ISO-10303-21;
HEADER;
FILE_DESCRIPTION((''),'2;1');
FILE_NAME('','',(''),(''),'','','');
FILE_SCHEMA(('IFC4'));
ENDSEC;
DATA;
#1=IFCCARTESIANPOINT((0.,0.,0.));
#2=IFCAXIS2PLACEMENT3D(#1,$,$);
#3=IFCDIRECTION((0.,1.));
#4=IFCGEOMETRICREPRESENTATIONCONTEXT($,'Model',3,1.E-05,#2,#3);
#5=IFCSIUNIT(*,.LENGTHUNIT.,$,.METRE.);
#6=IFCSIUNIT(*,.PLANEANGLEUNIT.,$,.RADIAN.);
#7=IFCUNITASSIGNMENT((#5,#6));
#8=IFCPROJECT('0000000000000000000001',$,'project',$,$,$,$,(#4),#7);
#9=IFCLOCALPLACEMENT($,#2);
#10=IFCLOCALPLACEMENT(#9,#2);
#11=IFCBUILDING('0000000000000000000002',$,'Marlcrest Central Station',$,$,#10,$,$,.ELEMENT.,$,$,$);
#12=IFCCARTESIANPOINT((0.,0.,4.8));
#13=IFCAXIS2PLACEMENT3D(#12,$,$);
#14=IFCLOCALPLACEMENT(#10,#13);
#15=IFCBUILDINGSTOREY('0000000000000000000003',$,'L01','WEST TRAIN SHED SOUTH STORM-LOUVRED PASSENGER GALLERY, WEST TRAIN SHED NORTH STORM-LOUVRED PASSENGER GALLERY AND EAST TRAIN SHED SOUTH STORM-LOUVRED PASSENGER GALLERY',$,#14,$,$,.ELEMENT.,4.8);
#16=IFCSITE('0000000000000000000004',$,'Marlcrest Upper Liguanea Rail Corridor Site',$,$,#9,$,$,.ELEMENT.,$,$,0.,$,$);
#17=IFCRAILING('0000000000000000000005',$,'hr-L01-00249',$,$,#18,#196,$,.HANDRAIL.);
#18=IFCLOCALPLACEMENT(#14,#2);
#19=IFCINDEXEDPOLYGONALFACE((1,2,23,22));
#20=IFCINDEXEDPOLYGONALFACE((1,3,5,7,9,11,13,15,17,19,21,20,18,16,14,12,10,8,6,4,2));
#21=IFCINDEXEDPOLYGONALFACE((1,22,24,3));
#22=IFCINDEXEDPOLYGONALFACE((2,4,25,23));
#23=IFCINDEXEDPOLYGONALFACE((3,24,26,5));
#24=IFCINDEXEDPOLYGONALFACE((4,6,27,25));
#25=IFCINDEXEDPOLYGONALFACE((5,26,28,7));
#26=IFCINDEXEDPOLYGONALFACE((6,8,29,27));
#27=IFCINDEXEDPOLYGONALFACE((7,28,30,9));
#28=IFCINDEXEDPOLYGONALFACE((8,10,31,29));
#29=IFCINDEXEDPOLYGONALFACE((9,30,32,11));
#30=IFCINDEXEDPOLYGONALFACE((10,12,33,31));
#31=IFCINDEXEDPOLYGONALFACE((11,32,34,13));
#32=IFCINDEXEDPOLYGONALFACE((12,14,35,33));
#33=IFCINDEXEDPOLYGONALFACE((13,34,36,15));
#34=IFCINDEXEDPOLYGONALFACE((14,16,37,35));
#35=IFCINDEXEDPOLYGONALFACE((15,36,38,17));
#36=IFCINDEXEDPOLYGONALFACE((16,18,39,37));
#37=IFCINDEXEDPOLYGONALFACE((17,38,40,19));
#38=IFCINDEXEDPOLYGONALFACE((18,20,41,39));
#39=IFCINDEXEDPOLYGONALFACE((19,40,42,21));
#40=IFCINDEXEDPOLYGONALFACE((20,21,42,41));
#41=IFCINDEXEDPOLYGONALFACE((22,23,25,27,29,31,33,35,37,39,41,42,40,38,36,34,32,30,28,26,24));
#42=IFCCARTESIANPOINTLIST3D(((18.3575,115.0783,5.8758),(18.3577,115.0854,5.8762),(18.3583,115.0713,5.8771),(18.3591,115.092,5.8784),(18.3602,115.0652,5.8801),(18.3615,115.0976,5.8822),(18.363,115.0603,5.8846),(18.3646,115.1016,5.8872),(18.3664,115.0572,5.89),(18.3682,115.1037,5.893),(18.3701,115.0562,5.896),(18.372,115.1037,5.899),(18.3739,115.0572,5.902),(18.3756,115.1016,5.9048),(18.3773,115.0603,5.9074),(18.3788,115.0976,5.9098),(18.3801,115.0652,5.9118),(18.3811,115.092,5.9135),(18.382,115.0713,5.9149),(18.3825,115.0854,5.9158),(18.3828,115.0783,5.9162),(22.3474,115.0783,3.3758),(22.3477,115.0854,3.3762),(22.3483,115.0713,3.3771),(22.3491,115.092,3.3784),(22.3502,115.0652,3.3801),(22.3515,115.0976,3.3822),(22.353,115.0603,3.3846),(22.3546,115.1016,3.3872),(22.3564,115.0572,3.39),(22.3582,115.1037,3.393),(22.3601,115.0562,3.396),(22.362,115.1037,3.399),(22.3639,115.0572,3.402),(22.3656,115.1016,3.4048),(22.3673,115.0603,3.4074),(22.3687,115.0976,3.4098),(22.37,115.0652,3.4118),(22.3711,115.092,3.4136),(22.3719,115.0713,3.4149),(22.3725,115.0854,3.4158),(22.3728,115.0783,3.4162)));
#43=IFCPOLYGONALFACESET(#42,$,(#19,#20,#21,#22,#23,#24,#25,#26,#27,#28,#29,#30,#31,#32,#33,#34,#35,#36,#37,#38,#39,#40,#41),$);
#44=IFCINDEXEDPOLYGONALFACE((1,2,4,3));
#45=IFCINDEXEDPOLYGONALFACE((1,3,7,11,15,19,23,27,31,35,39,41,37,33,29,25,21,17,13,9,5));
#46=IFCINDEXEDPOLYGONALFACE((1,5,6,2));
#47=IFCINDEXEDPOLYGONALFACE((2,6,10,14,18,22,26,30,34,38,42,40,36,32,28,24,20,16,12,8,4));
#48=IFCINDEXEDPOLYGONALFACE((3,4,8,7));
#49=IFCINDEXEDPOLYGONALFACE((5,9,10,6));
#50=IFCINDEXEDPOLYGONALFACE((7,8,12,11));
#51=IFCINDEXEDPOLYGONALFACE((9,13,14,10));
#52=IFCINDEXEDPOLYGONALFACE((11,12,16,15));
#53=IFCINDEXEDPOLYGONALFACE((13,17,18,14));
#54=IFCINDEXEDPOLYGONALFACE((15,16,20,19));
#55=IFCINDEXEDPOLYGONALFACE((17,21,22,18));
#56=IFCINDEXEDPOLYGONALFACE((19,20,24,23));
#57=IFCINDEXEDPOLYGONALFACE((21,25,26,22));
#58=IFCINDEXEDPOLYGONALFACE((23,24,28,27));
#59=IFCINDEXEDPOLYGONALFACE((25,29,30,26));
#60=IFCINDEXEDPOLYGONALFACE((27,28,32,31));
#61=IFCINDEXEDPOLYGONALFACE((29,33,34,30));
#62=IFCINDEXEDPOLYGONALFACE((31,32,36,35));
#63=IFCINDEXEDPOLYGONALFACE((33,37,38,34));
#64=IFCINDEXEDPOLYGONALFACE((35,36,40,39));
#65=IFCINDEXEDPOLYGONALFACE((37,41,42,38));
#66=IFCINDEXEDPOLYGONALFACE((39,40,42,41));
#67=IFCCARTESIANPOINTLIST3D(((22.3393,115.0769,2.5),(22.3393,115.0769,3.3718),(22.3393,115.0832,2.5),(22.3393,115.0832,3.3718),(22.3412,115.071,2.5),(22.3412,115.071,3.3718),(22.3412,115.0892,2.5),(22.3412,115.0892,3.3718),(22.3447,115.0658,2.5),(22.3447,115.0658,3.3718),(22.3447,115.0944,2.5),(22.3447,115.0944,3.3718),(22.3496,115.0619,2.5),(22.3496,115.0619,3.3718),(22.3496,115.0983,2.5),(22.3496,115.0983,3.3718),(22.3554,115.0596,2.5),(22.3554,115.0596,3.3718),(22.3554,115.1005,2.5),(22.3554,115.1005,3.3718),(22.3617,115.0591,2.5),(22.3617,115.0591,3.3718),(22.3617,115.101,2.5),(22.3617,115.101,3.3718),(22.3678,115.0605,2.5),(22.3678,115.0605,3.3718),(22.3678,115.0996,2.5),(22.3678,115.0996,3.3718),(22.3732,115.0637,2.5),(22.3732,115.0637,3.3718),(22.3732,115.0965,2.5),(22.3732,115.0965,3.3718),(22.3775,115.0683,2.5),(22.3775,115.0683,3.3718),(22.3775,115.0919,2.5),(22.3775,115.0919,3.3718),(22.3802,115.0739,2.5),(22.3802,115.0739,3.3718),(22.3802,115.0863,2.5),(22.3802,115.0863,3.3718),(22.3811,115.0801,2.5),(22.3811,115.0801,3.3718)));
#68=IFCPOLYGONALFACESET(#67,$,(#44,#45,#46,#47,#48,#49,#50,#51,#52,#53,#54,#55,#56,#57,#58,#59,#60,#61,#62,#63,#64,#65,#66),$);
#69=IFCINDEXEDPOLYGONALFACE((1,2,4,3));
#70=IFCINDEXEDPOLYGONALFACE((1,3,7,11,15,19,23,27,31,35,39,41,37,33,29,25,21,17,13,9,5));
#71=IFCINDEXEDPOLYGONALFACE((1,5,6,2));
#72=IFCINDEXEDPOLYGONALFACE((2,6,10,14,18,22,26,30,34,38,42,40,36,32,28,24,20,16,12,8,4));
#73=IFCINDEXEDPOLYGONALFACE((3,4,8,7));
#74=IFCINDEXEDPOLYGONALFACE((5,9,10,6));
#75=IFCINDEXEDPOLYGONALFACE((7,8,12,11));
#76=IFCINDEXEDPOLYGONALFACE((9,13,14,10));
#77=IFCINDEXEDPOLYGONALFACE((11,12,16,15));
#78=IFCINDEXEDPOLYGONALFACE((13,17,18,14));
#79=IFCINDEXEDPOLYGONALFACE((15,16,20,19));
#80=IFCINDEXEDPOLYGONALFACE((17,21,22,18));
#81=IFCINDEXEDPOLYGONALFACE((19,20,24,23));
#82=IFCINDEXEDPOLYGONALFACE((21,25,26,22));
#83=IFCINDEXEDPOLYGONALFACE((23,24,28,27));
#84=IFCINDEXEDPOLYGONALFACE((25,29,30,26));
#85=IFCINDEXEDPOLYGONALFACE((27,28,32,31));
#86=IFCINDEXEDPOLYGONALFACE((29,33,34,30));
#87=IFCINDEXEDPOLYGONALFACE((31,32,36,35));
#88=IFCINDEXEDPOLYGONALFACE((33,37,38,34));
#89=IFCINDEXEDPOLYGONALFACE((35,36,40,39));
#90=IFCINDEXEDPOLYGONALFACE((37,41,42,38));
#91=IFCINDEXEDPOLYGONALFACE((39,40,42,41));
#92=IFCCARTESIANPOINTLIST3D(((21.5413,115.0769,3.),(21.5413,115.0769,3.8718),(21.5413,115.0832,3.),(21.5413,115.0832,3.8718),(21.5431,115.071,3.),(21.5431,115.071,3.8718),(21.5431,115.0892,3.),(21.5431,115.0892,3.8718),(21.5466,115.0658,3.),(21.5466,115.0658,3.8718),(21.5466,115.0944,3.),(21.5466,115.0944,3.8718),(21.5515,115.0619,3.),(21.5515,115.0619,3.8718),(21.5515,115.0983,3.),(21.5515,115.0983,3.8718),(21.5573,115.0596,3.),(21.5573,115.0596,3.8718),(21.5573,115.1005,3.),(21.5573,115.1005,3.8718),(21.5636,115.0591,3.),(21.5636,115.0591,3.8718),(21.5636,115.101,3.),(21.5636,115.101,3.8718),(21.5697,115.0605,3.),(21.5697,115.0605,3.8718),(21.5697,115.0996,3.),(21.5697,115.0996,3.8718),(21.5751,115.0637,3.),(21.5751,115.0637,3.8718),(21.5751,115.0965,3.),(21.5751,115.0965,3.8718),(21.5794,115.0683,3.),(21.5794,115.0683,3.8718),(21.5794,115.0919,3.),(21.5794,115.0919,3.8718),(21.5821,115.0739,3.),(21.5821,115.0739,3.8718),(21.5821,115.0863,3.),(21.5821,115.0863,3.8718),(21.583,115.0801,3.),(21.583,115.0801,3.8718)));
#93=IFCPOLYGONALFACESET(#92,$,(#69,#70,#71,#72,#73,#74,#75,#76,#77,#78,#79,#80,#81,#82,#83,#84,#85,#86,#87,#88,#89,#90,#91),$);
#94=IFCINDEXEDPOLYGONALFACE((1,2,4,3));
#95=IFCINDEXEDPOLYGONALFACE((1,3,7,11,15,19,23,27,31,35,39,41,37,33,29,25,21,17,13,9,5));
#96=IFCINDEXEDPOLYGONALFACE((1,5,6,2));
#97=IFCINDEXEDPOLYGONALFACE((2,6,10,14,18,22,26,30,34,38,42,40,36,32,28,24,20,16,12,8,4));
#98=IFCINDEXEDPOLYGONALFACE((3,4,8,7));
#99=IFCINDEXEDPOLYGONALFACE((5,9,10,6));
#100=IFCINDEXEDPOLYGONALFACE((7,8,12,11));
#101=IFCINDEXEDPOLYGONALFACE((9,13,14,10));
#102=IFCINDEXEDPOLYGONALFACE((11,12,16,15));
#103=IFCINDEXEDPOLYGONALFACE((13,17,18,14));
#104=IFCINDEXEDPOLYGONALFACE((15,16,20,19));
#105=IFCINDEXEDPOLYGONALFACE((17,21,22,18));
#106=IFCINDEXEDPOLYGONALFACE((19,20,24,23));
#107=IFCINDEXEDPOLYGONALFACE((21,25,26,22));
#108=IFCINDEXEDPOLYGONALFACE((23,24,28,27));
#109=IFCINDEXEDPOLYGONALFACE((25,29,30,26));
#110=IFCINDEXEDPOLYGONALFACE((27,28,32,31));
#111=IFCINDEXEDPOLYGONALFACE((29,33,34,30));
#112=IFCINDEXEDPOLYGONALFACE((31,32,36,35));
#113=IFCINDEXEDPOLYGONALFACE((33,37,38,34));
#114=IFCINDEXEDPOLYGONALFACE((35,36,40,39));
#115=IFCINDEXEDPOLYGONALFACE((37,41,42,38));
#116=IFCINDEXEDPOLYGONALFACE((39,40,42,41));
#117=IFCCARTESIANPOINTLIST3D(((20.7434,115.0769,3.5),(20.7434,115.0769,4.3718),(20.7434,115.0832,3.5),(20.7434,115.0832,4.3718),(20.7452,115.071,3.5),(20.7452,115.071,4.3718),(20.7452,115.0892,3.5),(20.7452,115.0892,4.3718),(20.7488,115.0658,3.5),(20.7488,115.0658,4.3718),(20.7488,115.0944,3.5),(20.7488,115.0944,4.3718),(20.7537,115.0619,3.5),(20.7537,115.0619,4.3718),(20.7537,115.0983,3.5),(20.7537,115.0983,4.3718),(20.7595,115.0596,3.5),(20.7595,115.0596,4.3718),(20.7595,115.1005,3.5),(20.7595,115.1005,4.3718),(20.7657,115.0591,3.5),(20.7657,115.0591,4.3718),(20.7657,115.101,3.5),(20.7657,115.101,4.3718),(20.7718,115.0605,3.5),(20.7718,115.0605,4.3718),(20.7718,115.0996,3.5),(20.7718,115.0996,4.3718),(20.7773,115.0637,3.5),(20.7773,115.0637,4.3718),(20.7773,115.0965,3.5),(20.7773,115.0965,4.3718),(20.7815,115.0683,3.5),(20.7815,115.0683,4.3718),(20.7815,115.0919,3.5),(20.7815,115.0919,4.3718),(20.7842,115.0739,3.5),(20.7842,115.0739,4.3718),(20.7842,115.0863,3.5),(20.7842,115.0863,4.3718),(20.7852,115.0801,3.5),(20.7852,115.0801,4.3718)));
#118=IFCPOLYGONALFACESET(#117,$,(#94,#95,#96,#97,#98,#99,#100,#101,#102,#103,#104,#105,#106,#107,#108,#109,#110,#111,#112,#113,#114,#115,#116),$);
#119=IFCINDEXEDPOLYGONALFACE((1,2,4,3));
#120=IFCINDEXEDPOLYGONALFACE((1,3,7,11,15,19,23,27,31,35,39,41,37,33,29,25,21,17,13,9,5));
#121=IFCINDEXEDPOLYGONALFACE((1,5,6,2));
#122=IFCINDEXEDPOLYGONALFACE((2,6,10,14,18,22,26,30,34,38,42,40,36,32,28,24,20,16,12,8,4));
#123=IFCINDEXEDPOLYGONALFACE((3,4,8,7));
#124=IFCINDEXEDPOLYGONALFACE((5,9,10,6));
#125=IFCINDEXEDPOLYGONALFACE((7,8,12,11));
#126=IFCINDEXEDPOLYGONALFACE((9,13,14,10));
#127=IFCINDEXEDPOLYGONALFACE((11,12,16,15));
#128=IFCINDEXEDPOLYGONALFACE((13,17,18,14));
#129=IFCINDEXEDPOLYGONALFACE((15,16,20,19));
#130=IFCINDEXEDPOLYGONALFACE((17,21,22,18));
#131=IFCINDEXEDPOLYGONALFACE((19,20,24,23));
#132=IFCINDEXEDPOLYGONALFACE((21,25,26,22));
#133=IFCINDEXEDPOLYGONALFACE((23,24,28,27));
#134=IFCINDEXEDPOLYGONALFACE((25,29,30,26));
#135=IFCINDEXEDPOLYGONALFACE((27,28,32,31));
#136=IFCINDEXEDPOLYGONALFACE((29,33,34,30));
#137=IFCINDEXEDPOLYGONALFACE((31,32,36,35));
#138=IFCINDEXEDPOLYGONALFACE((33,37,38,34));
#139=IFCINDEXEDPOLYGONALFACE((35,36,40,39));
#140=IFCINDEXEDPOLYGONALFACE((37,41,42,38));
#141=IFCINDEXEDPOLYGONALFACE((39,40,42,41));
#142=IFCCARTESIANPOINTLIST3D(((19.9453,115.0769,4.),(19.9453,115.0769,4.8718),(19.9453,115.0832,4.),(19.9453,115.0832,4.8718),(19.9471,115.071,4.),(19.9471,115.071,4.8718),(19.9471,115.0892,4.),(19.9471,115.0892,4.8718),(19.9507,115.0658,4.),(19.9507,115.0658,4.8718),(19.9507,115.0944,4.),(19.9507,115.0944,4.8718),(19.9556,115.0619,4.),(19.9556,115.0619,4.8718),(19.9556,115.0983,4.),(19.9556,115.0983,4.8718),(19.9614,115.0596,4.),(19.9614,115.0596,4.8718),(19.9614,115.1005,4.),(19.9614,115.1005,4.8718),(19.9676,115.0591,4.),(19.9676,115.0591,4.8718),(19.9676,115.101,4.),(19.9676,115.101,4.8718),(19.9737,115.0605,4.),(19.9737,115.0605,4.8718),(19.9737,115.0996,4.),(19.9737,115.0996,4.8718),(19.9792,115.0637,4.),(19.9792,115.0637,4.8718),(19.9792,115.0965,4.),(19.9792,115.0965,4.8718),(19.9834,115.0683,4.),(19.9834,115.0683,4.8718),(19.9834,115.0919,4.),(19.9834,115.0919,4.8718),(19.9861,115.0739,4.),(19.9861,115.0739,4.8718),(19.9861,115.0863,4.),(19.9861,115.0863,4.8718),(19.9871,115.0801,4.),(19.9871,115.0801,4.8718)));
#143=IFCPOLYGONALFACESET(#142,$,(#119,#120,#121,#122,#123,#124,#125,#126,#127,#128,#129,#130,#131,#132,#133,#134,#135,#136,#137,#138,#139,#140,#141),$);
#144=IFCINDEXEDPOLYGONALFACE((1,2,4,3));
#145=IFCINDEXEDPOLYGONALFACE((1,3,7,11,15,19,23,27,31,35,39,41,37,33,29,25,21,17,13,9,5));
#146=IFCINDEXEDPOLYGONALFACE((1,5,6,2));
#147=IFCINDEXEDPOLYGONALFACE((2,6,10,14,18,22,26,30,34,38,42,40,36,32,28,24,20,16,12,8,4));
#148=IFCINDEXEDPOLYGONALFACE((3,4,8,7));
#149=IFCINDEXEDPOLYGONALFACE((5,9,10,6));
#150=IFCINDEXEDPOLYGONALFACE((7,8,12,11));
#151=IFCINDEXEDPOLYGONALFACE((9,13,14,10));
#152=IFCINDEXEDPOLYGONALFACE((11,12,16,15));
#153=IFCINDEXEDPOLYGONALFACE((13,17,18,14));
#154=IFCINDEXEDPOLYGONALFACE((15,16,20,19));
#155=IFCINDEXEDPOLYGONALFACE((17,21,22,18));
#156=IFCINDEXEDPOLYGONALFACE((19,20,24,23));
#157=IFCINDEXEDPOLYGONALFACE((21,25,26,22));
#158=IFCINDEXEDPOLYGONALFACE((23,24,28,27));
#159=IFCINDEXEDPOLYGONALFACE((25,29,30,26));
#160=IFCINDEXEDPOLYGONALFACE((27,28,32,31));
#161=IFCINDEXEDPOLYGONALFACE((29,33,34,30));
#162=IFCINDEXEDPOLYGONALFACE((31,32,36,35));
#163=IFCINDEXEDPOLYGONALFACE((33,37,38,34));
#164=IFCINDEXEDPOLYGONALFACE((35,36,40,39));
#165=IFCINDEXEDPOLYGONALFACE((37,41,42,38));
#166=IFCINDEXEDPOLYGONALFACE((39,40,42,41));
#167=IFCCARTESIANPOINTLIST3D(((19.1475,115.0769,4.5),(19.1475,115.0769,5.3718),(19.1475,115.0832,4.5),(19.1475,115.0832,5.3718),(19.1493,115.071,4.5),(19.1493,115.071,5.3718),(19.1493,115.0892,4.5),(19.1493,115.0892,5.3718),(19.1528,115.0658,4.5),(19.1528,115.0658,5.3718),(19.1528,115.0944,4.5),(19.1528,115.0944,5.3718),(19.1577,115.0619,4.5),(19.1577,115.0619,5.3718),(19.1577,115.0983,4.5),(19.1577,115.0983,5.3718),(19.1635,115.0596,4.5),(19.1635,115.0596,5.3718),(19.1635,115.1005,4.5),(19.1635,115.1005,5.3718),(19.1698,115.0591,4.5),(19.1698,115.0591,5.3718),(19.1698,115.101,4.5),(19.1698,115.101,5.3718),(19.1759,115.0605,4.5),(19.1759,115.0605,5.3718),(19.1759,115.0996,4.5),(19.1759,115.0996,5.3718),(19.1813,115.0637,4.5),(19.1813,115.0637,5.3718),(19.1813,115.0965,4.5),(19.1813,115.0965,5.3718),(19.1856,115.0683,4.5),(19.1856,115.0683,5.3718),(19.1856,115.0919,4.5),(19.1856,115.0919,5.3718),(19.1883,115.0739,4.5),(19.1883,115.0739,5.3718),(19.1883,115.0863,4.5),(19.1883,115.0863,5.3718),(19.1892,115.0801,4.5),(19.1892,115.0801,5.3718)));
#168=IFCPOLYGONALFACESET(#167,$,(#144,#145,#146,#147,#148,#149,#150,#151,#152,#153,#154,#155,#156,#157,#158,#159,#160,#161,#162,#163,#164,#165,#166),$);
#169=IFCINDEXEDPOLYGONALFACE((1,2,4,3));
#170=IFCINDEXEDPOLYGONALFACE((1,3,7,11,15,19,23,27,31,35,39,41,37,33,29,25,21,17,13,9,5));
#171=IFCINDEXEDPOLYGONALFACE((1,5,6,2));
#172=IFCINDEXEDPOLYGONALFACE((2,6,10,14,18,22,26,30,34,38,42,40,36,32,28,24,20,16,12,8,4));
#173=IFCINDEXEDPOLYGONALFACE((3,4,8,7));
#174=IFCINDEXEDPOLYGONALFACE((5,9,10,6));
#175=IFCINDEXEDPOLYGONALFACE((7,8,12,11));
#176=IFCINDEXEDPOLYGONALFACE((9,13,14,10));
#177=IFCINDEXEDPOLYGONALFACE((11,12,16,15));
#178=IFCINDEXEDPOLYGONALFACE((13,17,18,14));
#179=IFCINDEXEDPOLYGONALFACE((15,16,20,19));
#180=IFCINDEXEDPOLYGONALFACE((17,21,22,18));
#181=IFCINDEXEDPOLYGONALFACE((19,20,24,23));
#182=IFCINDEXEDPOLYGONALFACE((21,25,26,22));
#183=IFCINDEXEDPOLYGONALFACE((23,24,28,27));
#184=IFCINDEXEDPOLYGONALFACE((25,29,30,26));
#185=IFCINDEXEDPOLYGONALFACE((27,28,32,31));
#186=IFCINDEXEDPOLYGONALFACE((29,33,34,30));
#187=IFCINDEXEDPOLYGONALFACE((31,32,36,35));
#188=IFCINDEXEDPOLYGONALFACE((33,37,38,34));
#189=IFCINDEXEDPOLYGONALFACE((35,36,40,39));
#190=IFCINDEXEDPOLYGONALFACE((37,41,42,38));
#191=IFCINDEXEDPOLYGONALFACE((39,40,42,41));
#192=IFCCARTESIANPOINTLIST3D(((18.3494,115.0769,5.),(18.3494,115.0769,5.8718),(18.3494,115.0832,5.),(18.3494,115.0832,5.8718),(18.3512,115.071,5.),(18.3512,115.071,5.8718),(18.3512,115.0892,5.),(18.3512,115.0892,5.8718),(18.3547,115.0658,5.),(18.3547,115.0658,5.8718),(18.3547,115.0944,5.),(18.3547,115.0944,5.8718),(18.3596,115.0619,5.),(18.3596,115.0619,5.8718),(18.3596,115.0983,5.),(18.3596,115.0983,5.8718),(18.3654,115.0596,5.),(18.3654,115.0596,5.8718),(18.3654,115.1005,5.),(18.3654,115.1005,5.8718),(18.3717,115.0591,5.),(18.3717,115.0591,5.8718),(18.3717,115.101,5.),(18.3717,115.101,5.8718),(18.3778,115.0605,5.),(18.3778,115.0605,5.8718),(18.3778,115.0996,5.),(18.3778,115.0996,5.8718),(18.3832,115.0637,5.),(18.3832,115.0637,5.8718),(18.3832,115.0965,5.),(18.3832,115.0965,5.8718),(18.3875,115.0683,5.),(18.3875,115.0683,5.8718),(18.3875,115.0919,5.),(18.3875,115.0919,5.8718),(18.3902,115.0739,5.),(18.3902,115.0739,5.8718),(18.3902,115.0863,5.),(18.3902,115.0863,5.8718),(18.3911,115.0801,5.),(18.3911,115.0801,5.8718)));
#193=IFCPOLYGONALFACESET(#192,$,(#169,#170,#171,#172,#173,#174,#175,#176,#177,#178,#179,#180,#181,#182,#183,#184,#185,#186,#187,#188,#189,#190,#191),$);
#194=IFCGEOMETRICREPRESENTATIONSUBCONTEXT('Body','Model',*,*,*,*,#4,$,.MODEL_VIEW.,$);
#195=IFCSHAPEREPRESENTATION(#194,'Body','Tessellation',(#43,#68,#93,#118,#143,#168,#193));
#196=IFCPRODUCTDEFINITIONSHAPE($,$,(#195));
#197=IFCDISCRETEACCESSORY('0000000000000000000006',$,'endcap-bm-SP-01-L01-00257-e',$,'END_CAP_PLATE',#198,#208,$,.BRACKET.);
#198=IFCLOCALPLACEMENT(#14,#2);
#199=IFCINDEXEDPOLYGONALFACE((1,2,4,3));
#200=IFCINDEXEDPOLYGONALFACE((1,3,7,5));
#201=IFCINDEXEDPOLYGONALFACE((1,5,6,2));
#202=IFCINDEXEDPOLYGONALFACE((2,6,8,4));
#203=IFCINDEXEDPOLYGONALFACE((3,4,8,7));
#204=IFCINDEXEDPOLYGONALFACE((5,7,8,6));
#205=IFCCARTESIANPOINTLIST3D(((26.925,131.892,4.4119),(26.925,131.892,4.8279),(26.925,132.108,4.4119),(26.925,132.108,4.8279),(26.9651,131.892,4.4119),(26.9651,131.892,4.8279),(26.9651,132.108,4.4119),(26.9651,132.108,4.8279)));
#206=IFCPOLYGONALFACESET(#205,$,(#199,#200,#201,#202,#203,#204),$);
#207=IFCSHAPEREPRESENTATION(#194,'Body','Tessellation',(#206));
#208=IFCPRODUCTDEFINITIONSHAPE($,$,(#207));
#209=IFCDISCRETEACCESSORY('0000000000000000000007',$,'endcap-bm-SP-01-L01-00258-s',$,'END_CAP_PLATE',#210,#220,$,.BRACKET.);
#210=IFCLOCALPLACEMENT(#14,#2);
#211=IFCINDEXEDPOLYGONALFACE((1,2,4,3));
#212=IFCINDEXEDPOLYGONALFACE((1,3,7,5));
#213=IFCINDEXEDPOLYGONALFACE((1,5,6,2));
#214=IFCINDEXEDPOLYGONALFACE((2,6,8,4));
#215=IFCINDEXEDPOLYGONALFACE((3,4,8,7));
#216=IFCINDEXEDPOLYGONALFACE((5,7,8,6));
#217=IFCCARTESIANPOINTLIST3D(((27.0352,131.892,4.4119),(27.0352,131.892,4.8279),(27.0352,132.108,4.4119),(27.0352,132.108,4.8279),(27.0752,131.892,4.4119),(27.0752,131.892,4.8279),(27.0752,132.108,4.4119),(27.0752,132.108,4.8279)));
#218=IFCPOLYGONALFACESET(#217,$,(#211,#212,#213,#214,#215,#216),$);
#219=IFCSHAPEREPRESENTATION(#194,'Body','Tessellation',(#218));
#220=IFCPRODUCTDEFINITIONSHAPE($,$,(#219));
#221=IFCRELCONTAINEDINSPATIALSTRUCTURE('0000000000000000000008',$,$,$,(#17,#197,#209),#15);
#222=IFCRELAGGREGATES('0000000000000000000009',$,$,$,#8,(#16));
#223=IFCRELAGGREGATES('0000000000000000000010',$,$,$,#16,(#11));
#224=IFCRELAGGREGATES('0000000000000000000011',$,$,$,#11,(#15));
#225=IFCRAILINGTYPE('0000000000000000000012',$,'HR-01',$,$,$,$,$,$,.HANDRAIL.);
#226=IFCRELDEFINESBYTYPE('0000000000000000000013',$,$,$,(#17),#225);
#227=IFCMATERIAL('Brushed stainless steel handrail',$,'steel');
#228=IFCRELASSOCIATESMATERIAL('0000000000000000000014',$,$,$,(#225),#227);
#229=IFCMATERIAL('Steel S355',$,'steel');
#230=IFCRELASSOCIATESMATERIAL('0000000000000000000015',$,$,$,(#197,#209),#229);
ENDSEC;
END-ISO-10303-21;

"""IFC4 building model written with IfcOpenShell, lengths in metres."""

from ifc_helpers import new_model, si_unit, direction, frame, origin, origin_2d, place, context, subcontext, project, spatial, rectangle, circle, extrude, material, type_object, element, save


model = new_model("IFC4")

# Units and contexts
model_context = context("Model", 3, precision=1e-05, world=origin(), true_north=direction((0.0, 1.0)))
body_context = subcontext(model_context, "Body", "Model", "MODEL_VIEW")
ifc_project = project(units=[si_unit("LENGTHUNIT", "METRE"), si_unit("PLANEANGLEUNIT", "RADIAN")], contexts=[model_context])

# Site, building, storey
site_placement = place(None, origin())
site = spatial("IfcSite", under=ifc_project, at=site_placement, Name="Marlcrest Upper Liguanea Rail Corridor Site", CompositionType="ELEMENT", RefElevation=0.0)
building_placement = place(site_placement, origin())
building = spatial("IfcBuilding", under=site, at=building_placement, Name="Marlcrest Central Station", CompositionType="ELEMENT")
storey_placement = place(building_placement, frame((0.0, 0.0, 4.8)))
storey = spatial("IfcBuildingStorey", under=building, at=storey_placement, Name="L01", Description="WEST TRAIN SHED SOUTH STORM-LOUVRED PASSENGER GALLERY, WEST TRAIN SHED NORTH STORM-LOUVRED PASSENGER GALLERY AND EAST TRAIN SHED SOUTH STORM-LOUVRED PASSENGER GALLERY", CompositionType="ELEMENT", Elevation=4.8)

# Shared definitions
ifc_material_1 = material(Name="Steel S355", Category="steel")

# Railing
ifc_material_2 = material(Name="Brushed stainless steel handrail", Category="steel")
railing_type_1 = type_object("IfcRailingType", Name="HR-01", PredefinedType="HANDRAIL", material=ifc_material_2)
railing_1_placement = place(storey_placement, frame((22.3601, 115.0801, 2.5)))
element("IfcRailing", 1, at=railing_1_placement, inside=storey, type_object=railing_type_1, Name="hr-L01-00249", PredefinedType="HANDRAIL", context=body_context, shape_type="SweptSolid", body=[
    extrude(circle(Radius=0.0239, at=origin_2d()), frame((0.0, 0.0, 0.896), z_axis=(-0.847401, 0.0, 0.530954), x_axis=(0.0, -1.0, 0.0)), (0.0, 0.0, 1.0), 4.7085),
    extrude(circle(Radius=0.021, at=origin_2d()), origin(), (0.0, 0.0, 1.0), 0.8718),
    extrude(circle(Radius=0.021, at=origin_2d()), frame((-0.7981, 0.0, 0.5)), (0.0, 0.0, 1.0), 0.8718),
    extrude(circle(Radius=0.021, at=origin_2d()), frame((-1.5959, 0.0, 1.0)), (0.0, 0.0, 1.0), 0.8718),
    extrude(circle(Radius=0.021, at=origin_2d()), frame((-2.394, 0.0, 1.5)), (0.0, 0.0, 1.0), 0.8718),
    extrude(circle(Radius=0.021, at=origin_2d()), frame((-3.1919, 0.0, 2.0)), (0.0, 0.0, 1.0), 0.8718),
    extrude(circle(Radius=0.021, at=origin_2d()), frame((-3.99, 0.0, 2.5)), (0.0, 0.0, 1.0), 0.8718),
])

# Discrete accessories
for number, where, z_axis, x_axis, name in (
    (2, (26.925, 132.0, 4.6199), (1.0, 0.0, 0.0), (0.0, 1.0, 0.0), "endcap-bm-SP-01-L01-00257-e"),
    (3, (27.0352, 132.0, 4.6199), (1.0, 0.0, 0.0), (0.0, 1.0, 0.0), "endcap-bm-SP-01-L01-00258-s"),
):
    element("IfcDiscreteAccessory", number, at=place(storey_placement, frame(where, z_axis=z_axis, x_axis=x_axis)), inside=storey, material=ifc_material_1, Name=name, ObjectType="END_CAP_PLATE", PredefinedType="BRACKET", context=body_context, shape_type="SweptSolid", body=[
        extrude(rectangle(XDim=0.2161, YDim=0.416, at=origin_2d()), origin(), (0.0, 0.0, 1.0), 0.04),
    ])

save(model, "model.ifc")
